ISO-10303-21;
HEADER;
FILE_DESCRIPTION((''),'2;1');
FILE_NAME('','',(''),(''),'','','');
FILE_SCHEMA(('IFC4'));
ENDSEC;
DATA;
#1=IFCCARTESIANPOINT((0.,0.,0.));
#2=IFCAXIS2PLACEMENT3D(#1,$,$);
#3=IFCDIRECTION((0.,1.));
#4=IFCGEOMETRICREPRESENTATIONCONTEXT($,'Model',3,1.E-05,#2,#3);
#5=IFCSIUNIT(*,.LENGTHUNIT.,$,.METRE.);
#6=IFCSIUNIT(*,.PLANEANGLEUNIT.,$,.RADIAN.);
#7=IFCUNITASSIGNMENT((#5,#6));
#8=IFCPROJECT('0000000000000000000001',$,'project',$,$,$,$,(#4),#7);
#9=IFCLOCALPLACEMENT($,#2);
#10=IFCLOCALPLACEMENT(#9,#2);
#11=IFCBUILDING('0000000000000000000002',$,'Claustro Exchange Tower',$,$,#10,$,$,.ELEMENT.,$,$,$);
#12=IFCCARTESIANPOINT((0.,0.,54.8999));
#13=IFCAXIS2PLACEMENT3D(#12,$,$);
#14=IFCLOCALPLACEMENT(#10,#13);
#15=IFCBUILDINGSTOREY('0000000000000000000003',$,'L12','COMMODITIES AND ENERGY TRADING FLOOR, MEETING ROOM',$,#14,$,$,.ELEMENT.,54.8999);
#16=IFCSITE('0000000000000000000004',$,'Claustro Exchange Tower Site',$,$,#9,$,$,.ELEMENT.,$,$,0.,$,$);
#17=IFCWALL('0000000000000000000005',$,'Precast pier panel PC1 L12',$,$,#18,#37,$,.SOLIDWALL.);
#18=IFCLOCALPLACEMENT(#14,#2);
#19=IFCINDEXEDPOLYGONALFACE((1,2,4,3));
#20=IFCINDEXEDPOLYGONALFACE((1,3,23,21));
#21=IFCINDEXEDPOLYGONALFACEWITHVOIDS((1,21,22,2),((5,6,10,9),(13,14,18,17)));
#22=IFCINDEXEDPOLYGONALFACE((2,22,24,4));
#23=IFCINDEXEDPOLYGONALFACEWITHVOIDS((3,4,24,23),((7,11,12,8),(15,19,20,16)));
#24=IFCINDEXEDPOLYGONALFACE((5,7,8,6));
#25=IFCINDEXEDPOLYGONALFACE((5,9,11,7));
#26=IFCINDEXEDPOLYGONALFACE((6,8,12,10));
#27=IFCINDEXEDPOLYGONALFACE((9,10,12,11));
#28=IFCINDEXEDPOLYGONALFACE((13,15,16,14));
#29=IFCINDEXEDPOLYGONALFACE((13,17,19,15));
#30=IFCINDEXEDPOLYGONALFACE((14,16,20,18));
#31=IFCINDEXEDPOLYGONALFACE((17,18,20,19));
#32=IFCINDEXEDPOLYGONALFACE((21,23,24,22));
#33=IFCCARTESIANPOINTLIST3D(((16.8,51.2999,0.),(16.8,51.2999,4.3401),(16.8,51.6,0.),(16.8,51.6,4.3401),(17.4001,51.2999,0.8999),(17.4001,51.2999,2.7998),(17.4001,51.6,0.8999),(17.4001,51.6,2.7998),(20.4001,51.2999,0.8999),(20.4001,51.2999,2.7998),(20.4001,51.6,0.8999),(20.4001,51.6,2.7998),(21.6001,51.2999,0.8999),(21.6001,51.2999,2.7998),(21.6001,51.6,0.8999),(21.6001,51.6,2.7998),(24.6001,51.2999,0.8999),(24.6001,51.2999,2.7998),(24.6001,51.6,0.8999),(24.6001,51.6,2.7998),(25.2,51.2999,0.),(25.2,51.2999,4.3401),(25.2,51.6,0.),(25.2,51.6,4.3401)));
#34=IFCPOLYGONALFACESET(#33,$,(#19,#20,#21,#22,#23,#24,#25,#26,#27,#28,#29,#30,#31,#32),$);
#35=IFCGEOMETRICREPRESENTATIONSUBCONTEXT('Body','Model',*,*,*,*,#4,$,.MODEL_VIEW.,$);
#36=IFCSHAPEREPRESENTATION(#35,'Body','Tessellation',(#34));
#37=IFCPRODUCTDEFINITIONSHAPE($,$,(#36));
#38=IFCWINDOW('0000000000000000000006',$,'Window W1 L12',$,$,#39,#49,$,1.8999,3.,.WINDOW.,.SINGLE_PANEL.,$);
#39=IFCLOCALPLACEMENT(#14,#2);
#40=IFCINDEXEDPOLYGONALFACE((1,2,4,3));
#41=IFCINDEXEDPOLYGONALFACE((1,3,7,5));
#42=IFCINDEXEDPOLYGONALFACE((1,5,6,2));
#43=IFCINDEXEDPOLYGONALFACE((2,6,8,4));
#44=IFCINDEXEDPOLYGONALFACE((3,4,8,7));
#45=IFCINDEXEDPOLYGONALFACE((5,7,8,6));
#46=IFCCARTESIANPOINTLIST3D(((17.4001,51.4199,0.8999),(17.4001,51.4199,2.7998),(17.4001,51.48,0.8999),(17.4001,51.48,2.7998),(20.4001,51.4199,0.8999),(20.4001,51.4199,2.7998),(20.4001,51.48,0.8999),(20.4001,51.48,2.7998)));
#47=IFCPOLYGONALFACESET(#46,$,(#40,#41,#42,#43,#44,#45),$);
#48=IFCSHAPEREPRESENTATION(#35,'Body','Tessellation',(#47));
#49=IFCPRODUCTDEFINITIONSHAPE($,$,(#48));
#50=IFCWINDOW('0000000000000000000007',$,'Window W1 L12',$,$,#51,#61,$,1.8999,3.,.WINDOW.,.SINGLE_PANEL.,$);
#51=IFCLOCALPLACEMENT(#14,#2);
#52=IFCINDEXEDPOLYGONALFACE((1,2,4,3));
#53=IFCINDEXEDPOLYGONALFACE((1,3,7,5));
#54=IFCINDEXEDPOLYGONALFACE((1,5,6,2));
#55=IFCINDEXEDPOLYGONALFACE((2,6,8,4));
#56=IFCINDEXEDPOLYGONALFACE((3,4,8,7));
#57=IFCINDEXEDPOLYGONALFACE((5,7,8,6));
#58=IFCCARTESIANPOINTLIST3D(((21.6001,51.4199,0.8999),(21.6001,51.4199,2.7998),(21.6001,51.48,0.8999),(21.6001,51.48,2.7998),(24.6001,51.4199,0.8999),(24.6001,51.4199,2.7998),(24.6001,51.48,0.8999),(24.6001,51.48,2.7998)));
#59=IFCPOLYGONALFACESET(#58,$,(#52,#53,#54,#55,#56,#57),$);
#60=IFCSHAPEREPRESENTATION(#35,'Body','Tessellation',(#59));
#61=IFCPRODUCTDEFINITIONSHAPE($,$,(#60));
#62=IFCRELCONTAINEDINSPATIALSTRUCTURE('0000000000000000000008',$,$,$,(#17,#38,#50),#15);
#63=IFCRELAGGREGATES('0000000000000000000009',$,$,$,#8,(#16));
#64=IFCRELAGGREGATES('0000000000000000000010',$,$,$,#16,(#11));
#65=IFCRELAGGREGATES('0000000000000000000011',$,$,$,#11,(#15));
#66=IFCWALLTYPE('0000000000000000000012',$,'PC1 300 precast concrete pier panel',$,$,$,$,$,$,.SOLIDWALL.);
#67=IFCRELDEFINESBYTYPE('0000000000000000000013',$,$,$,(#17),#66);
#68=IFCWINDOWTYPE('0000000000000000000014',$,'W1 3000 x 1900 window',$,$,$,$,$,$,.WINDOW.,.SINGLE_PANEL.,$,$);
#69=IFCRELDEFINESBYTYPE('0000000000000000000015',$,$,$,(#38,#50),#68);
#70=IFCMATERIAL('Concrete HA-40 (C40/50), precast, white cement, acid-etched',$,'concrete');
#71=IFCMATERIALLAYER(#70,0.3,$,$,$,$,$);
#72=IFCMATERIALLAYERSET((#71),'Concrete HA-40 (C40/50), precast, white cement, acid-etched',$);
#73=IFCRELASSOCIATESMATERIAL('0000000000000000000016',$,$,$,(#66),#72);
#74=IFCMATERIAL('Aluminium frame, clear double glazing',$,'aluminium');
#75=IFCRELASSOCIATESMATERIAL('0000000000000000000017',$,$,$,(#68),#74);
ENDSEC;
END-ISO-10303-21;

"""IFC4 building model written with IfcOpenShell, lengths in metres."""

from ifc_helpers import new_model, si_unit, direction, frame, frame_2d, origin, place, context, subcontext, project, spatial, rectangle, extrude, material, layer, layer_set, type_object, element, fill, save


model = new_model("IFC4")

# Units and contexts
model_context = context("Model", 3, precision=1e-05, world=origin(), true_north=direction((0.0, 1.0)))
body_context = subcontext(model_context, "Body", "Model", "MODEL_VIEW")
ifc_project = project(units=[si_unit("LENGTHUNIT", "METRE"), si_unit("PLANEANGLEUNIT", "RADIAN")], contexts=[model_context])

# Site, building, storey
site_placement = place(None, origin())
site = spatial("IfcSite", under=ifc_project, at=site_placement, Name="Claustro Exchange Tower Site", CompositionType="ELEMENT", RefElevation=0.0)
building_placement = place(site_placement, origin())
building = spatial("IfcBuilding", under=site, at=building_placement, Name="Claustro Exchange Tower", CompositionType="ELEMENT")
storey_placement = place(building_placement, frame((0.0, 0.0, 54.8999)))
storey = spatial("IfcBuildingStorey", under=building, at=storey_placement, Name="L12", Description="COMMODITIES AND ENERGY TRADING FLOOR, MEETING ROOM", CompositionType="ELEMENT", Elevation=54.8999)

# Wall, openings, windows
ifc_material_1 = material(Name="Concrete HA-40 (C40/50), precast, white cement, acid-etched", Category="concrete")
ifc_layer_1 = layer(ifc_material_1, 0.3)
ifc_layer_set_1 = layer_set([ifc_layer_1], Name="Concrete HA-40 (C40/50), precast, white cement, acid-etched")
wall_type_1 = type_object("IfcWallType", Name="PC1 300 precast concrete pier panel", PredefinedType="SOLIDWALL", material=ifc_layer_set_1)
ifc_material_2 = material(Name="Aluminium frame, clear double glazing", Category="aluminium")
window_type = type_object("IfcWindowType", Name="W1 3000 x 1900 window", PartitioningType="SINGLE_PANEL", PredefinedType="WINDOW", material=ifc_material_2)
wall_1_placement = place(storey_placement, frame((16.8, 51.45, 0.0), z_axis=(0.0, 0.0, 1.0), x_axis=(1.0, 0.0, 0.0)))
wall_1 = element("IfcWall", 1, at=wall_1_placement, inside=storey, type_object=wall_type_1, Name="Precast pier panel PC1 L12", PredefinedType="SOLIDWALL", context=body_context, shape_type="SweptSolid", body=[
    extrude(rectangle(XDim=8.3999, YDim=0.3, at=frame_2d((4.2, 0.0))), origin(), (0.0, 0.0, 1.0), 4.3401),
])
opening_1_placement = place(wall_1_placement, frame((0.6001, 0.0, 0.8999)))
opening_1 = element("IfcOpeningElement", 2, at=opening_1_placement, cuts=wall_1, PredefinedType="OPENING", context=body_context, shape_type="SweptSolid", body=[
    extrude(rectangle(XDim=3.0, YDim=1.8999, at=frame_2d((1.5, 0.95))), frame((0.0, 0.1599, 0.0), z_axis=(0.0, -1.0, 0.0), x_axis=(1.0, 0.0, 0.0)), (0.0, 0.0, 1.0), 0.3201),
])
opening_2_placement = place(wall_1_placement, frame((4.8, 0.0, 0.8999)))
opening_2 = element("IfcOpeningElement", 3, at=opening_2_placement, cuts=wall_1, PredefinedType="OPENING", context=body_context, shape_type="SweptSolid", body=[
    extrude(rectangle(XDim=3.0, YDim=1.8999, at=frame_2d((1.5, 0.95))), frame((0.0, 0.1599, 0.0), z_axis=(0.0, -1.0, 0.0), x_axis=(1.0, 0.0, 0.0)), (0.0, 0.0, 1.0), 0.3201),
])
window_1_placement = place(opening_1_placement, origin())
window_1 = element("IfcWindow", 4, at=window_1_placement, inside=storey, type_object=window_type, Name="Window W1 L12", OverallHeight=1.8999, OverallWidth=3.0, PartitioningType="SINGLE_PANEL", PredefinedType="WINDOW", context=body_context, shape_type="SweptSolid", body=[
    extrude(rectangle(XDim=3.0, YDim=1.8999, at=frame_2d((1.5, 0.95))), frame((0.0, 0.03, 0.0), z_axis=(0.0, -1.0, 0.0), x_axis=(1.0, 0.0, 0.0)), (0.0, 0.0, 1.0), 0.0601),
])
fill(opening_1, window_1)
window_2_placement = place(opening_2_placement, origin())
window_2 = element("IfcWindow", 5, at=window_2_placement, inside=storey, type_object=window_type, Name="Window W1 L12", OverallHeight=1.8999, OverallWidth=3.0, PartitioningType="SINGLE_PANEL", PredefinedType="WINDOW", context=body_context, shape_type="SweptSolid", body=[
    extrude(rectangle(XDim=3.0, YDim=1.8999, at=frame_2d((1.5, 0.95))), frame((0.0, 0.03, 0.0), z_axis=(0.0, -1.0, 0.0), x_axis=(1.0, 0.0, 0.0)), (0.0, 0.0, 1.0), 0.0601),
])
fill(opening_2, window_2)

save(model, "model.ifc")
